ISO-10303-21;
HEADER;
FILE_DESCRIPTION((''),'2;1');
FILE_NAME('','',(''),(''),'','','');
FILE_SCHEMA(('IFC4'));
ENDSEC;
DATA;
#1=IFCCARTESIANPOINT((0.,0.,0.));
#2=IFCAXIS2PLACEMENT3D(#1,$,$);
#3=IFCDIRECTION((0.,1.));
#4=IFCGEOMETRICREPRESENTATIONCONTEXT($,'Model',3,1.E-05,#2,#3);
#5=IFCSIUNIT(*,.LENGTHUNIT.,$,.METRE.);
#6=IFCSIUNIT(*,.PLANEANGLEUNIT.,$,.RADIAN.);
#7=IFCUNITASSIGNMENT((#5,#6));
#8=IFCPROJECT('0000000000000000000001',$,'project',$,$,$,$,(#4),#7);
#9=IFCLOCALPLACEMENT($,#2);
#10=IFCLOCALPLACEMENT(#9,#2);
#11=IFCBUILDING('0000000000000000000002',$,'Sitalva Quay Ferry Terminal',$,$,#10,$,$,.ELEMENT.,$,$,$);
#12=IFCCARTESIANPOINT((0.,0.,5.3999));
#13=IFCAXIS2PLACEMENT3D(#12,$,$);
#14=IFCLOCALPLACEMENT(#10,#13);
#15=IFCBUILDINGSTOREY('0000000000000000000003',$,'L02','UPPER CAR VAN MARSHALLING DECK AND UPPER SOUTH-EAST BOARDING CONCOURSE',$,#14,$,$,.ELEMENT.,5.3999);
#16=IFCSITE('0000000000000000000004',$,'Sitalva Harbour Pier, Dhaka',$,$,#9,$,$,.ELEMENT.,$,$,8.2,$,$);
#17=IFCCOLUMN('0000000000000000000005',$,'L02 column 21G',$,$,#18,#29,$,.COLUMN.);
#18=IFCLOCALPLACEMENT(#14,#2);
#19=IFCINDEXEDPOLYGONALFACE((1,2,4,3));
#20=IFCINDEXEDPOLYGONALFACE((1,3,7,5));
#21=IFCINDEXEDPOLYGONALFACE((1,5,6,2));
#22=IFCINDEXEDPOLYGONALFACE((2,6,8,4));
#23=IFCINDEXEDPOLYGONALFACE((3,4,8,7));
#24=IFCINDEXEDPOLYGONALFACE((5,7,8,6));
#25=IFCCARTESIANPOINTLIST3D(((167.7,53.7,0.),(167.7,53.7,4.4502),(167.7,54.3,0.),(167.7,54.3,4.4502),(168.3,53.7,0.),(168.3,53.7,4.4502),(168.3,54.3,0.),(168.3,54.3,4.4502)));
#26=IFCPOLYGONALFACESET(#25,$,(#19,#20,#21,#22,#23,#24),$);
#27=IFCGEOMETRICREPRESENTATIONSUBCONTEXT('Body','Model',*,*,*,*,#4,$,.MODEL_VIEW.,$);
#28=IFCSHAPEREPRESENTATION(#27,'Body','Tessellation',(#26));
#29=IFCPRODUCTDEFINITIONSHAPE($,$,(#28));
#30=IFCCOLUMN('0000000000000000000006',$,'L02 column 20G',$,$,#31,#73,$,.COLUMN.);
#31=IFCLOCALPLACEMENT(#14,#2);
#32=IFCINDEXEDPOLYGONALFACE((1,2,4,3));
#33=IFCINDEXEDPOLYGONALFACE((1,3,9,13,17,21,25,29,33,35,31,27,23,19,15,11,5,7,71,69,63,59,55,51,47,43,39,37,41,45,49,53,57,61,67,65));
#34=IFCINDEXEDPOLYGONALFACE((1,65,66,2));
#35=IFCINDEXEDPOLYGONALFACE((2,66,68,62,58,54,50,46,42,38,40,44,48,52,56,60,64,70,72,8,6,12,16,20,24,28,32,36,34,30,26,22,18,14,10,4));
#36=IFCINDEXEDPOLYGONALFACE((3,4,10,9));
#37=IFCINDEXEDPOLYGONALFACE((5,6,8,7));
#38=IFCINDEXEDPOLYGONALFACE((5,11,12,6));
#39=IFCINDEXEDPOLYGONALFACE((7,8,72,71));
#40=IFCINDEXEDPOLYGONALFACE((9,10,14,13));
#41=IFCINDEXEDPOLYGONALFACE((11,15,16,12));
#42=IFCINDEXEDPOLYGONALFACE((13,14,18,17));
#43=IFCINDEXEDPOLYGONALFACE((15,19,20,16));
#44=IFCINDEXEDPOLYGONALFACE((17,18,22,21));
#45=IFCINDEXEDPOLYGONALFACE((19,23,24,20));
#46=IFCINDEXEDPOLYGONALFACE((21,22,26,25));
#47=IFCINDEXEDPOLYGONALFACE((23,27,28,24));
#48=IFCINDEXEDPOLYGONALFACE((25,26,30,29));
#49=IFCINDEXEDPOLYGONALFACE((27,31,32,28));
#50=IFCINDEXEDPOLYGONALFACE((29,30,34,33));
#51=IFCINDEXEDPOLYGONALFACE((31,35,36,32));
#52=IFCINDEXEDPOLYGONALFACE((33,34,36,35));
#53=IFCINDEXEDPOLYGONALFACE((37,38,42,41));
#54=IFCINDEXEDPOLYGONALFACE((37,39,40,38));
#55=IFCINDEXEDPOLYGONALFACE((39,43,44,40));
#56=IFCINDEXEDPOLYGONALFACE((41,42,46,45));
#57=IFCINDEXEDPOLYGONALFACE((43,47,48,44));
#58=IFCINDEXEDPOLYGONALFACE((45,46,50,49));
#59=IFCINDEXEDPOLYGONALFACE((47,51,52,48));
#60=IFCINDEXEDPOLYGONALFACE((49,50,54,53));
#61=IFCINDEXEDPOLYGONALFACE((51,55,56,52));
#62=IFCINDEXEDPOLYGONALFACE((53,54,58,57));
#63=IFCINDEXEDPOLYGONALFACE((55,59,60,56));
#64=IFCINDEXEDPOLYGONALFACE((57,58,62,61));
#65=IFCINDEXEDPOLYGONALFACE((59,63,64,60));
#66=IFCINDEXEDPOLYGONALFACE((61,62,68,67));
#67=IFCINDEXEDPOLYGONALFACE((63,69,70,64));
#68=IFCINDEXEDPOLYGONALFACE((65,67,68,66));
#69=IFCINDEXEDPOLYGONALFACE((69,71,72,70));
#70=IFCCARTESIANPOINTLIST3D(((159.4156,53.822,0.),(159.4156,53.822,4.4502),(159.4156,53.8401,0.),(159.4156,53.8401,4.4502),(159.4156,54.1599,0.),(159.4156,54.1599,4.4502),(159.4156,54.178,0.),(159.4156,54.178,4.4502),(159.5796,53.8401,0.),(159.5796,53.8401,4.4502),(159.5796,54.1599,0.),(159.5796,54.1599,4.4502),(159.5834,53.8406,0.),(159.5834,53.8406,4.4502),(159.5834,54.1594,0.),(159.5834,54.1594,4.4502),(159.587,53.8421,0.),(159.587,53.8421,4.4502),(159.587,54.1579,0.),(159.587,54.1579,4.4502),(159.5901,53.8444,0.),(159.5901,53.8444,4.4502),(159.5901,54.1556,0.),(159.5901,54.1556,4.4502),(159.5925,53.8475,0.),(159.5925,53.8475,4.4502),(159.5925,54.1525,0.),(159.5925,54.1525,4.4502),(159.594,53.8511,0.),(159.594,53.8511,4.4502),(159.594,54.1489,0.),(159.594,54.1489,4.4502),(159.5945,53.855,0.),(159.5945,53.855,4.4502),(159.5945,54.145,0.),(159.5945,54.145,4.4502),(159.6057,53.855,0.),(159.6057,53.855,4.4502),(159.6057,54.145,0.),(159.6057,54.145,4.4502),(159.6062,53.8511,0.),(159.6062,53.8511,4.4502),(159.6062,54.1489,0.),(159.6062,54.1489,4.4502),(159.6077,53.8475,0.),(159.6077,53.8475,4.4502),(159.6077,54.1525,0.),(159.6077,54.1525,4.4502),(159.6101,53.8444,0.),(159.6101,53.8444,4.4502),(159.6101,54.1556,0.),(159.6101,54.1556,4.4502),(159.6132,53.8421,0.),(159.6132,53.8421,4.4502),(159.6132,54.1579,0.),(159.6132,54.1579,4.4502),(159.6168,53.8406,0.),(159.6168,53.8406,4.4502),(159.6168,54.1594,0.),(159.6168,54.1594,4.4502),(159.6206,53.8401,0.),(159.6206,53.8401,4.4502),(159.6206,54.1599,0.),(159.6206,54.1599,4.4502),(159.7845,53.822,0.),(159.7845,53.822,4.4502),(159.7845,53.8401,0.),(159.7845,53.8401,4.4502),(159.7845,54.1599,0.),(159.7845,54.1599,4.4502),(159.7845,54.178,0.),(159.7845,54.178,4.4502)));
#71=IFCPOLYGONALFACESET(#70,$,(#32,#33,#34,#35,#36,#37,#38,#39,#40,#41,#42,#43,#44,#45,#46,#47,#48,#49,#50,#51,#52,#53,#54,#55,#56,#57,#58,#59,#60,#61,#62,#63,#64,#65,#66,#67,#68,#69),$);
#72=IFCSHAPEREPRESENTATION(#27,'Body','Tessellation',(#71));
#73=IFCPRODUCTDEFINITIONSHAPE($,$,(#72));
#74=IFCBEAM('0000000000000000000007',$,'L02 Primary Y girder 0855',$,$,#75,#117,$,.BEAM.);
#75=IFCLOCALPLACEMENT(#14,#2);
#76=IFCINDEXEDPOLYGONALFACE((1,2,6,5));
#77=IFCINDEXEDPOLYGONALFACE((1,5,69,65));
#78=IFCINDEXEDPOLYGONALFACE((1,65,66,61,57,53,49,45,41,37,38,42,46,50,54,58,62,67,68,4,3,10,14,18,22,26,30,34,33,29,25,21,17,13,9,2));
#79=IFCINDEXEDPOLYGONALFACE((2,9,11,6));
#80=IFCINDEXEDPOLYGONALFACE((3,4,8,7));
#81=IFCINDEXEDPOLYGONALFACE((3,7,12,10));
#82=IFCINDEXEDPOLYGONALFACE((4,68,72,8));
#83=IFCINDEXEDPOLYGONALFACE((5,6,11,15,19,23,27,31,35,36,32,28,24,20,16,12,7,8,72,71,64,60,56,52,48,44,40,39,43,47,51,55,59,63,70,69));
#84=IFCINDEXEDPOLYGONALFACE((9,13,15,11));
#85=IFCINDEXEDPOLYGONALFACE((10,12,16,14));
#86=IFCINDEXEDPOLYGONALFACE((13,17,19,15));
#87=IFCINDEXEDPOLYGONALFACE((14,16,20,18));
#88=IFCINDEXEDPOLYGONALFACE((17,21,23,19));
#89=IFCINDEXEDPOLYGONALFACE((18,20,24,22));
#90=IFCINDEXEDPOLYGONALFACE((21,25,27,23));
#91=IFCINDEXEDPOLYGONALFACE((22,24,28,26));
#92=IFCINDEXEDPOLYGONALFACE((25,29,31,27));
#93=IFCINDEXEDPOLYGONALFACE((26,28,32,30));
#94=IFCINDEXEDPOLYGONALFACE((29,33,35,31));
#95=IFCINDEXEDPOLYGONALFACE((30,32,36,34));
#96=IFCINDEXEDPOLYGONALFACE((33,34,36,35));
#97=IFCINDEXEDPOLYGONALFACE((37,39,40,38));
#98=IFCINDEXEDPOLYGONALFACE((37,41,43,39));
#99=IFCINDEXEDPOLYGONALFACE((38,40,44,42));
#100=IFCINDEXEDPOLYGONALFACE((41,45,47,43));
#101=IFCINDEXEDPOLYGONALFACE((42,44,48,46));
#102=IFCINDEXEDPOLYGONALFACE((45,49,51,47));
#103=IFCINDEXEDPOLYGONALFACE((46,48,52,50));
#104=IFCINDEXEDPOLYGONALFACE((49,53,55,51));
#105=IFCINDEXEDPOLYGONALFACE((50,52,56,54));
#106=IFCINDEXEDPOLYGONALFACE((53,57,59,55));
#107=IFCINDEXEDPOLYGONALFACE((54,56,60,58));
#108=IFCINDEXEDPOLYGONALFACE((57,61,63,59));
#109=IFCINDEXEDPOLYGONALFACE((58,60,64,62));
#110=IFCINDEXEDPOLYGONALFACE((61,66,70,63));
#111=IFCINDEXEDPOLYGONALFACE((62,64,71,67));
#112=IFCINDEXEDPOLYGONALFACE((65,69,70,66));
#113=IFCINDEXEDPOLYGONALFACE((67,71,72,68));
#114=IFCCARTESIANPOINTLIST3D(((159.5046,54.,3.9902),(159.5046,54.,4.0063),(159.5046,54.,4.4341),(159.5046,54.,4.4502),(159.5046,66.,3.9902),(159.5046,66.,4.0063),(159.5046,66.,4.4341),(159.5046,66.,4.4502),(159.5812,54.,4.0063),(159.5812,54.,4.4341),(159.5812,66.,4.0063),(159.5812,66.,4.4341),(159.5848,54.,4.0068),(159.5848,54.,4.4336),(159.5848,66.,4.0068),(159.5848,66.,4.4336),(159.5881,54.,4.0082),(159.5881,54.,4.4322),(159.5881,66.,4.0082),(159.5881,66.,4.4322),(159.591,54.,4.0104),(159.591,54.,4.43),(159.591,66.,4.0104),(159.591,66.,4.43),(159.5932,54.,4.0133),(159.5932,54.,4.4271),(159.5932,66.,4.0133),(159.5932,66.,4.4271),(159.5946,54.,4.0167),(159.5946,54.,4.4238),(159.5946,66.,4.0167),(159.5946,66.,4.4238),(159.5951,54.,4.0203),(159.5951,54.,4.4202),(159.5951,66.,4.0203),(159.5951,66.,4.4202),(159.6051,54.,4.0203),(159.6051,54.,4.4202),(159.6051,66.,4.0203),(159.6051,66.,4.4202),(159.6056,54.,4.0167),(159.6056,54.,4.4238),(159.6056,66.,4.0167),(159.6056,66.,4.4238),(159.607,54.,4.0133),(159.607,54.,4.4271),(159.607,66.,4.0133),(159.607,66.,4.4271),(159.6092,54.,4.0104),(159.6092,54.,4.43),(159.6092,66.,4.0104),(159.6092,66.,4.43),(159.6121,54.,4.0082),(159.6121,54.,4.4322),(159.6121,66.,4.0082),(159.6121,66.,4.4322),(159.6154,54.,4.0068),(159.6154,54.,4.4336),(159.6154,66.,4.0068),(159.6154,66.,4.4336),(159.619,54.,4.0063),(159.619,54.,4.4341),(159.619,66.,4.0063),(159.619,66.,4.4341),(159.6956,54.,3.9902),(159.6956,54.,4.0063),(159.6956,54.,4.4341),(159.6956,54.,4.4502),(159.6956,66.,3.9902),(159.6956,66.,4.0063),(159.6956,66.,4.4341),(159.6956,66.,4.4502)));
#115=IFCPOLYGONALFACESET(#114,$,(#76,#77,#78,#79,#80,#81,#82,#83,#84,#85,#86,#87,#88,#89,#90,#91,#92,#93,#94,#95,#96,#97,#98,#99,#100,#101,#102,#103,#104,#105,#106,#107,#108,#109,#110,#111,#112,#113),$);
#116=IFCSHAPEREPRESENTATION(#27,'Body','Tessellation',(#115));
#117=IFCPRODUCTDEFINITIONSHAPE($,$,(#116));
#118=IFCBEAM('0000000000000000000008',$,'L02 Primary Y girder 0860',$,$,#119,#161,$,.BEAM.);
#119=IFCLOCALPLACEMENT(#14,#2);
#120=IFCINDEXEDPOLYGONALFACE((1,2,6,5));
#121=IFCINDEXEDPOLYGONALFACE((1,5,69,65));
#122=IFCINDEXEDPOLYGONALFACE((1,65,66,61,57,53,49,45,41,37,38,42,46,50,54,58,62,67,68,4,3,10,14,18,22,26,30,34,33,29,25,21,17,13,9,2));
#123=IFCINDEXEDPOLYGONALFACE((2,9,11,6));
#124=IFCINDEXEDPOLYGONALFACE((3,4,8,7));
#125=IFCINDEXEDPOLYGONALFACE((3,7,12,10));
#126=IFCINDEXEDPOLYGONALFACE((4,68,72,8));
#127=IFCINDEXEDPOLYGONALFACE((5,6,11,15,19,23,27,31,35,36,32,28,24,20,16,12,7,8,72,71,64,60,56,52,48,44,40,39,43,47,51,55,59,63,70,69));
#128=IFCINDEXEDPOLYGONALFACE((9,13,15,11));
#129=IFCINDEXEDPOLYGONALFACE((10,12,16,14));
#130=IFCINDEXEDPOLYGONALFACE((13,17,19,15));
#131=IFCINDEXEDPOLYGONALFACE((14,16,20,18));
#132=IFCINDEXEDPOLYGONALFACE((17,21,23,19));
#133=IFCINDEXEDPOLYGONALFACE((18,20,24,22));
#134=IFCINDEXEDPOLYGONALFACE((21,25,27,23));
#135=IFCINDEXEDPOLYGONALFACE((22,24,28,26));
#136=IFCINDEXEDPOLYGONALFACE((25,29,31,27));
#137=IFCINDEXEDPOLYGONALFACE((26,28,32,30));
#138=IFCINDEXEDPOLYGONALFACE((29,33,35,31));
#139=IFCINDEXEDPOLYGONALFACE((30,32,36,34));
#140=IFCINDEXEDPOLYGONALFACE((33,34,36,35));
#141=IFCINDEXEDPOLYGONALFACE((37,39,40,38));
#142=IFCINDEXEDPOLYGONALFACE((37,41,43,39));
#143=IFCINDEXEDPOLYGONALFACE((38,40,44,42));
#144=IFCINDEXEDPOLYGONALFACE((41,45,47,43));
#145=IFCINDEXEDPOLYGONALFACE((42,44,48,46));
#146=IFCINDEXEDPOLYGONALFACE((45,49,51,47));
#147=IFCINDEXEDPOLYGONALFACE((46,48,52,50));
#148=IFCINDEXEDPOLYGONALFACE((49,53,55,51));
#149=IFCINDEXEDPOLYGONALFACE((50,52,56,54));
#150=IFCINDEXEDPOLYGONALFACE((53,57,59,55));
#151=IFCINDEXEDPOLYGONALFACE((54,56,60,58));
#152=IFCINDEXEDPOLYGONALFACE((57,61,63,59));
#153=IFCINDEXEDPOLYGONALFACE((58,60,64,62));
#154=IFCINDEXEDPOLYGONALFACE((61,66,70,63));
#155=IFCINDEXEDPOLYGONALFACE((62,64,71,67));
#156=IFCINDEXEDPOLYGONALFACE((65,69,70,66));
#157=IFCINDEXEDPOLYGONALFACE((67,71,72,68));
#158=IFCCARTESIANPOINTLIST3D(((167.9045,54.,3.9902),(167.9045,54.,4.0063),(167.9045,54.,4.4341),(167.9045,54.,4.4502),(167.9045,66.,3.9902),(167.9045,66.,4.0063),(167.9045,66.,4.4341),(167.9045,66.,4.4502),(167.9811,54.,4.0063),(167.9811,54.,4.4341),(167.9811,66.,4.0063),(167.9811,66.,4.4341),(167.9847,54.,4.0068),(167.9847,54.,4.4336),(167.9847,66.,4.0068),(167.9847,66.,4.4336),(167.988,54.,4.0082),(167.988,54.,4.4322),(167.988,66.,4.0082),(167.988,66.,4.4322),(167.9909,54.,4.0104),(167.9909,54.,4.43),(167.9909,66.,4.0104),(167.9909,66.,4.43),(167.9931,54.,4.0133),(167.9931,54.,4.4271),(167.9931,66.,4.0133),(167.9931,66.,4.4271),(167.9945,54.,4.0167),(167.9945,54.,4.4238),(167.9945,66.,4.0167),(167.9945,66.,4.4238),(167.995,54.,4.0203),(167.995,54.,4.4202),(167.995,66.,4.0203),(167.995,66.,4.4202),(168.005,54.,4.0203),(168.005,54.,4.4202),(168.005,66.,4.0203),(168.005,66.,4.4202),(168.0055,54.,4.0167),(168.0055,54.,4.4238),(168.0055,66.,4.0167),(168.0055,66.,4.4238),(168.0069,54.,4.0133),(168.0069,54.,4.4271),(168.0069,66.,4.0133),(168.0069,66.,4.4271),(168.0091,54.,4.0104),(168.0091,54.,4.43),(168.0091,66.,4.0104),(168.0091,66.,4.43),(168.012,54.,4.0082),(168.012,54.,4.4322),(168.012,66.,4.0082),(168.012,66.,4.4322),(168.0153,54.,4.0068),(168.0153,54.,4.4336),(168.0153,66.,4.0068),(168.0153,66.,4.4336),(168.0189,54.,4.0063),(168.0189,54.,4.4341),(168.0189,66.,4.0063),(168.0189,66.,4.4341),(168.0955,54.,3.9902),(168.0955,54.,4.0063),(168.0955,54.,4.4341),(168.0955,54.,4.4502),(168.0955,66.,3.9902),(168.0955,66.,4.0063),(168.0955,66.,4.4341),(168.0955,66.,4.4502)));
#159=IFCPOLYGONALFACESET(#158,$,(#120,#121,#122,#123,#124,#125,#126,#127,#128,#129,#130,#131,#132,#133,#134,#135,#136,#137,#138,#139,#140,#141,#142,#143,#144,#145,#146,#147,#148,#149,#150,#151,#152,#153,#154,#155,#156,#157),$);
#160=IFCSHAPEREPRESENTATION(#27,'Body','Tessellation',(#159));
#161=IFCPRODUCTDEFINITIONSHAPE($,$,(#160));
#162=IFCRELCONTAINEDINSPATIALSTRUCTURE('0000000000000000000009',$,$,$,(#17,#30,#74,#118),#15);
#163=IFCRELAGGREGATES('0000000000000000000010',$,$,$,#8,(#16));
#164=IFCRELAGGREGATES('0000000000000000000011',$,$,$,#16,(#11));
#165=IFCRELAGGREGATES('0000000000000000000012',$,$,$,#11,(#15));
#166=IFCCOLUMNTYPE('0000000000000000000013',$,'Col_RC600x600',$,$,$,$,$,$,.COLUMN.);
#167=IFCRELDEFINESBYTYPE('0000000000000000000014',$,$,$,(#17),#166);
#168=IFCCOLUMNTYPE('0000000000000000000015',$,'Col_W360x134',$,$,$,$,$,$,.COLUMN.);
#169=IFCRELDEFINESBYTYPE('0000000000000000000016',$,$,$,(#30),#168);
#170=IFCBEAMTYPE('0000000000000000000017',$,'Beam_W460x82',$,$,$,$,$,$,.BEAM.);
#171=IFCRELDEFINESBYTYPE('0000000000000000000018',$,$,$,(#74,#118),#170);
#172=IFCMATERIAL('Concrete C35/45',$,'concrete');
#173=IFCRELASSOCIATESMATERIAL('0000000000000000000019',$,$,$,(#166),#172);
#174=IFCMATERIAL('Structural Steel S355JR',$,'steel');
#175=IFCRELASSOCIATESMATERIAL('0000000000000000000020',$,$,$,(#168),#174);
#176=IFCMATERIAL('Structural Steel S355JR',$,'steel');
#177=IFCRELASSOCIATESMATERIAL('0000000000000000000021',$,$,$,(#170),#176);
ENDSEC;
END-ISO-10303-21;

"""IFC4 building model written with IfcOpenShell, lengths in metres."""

from ifc_helpers import new_model, si_unit, direction, frame, origin, origin_2d, place, context, subcontext, project, spatial, rectangle, i_section, extrude, material, material_profile, profile_set, type_object, element, save


model = new_model("IFC4")

# Units and contexts
model_context = context("Model", 3, precision=1e-05, world=origin(), true_north=direction((0.0, 1.0)))
body_context = subcontext(model_context, "Body", "Model", "MODEL_VIEW")
ifc_project = project(units=[si_unit("LENGTHUNIT", "METRE"), si_unit("PLANEANGLEUNIT", "RADIAN")], contexts=[model_context])

# Site, building, storey
site_placement = place(None, origin())
site = spatial("IfcSite", under=ifc_project, at=site_placement, Name="Sitalva Harbour Pier, Dhaka", CompositionType="ELEMENT", RefElevation=8.2)
building_placement = place(site_placement, origin())
building = spatial("IfcBuilding", under=site, at=building_placement, Name="Sitalva Quay Ferry Terminal", CompositionType="ELEMENT")
storey_placement = place(building_placement, frame((0.0, 0.0, 5.3999)))
storey = spatial("IfcBuildingStorey", under=building, at=storey_placement, Name="L02", Description="UPPER CAR VAN MARSHALLING DECK AND UPPER SOUTH-EAST BOARDING CONCOURSE", CompositionType="ELEMENT", Elevation=5.3999)

# Columns
ifc_material_1 = material(Name="Concrete C35/45", Category="concrete")
ifc_material_profile_1 = material_profile(ifc_material_1, rectangle(XDim=0.6001, YDim=0.6001, at=origin_2d()), Name="RC600x600")
ifc_profile_set_1 = profile_set([ifc_material_profile_1], Name="Concrete C35/45")
column_type_1 = type_object("IfcColumnType", Name="Col_RC600x600", PredefinedType="COLUMN", material=ifc_profile_set_1)
column_1_placement = place(storey_placement, frame((168.0, 54.0, 0.0), z_axis=(0.0, 0.0, 1.0), x_axis=(1.0, 0.0, 0.0)))
element("IfcColumn", 1, at=column_1_placement, inside=storey, type_object=column_type_1, Name="L02 column 21G", PredefinedType="COLUMN", context=body_context, shape_type="SweptSolid", body=[
    extrude(rectangle(XDim=0.6001, YDim=0.6001, at=origin_2d()), origin(), (0.0, 0.0, 1.0), 4.4502),
])
ifc_material_2 = material(Name="Structural Steel S355JR", Category="steel")
ifc_material_profile_2 = material_profile(ifc_material_2, i_section(OverallWidth=0.3689, OverallDepth=0.356, WebThickness=0.0112, FlangeThickness=0.0181, FilletRadius=0.0149, at=origin_2d()), Name="W360x134")
ifc_profile_set_2 = profile_set([ifc_material_profile_2], Name="Structural Steel S355JR")
column_type_2 = type_object("IfcColumnType", Name="Col_W360x134", PredefinedType="COLUMN", material=ifc_profile_set_2)
column_2_placement = place(storey_placement, frame((159.6001, 54.0, 0.0), z_axis=(0.0, 0.0, 1.0), x_axis=(1.0, 0.0, 0.0)))
element("IfcColumn", 2, at=column_2_placement, inside=storey, type_object=column_type_2, Name="L02 column 20G", PredefinedType="COLUMN", context=body_context, shape_type="SweptSolid", body=[
    extrude(i_section(OverallWidth=0.3689, OverallDepth=0.356, WebThickness=0.0112, FlangeThickness=0.0181, FilletRadius=0.0149, at=origin_2d()), origin(), (0.0, 0.0, 1.0), 4.4502),
])

# Beams
ifc_material_3 = material(Name="Structural Steel S355JR", Category="steel")
ifc_material_profile_3 = material_profile(ifc_material_3, i_section(OverallWidth=0.1909, OverallDepth=0.46, WebThickness=0.01, FlangeThickness=0.0161, FilletRadius=0.0139, at=origin_2d()), Name="W460x82")
ifc_profile_set_3 = profile_set([ifc_material_profile_3], Name="Structural Steel S355JR")
beam_type_1 = type_object("IfcBeamType", Name="Beam_W460x82", PredefinedType="BEAM", material=ifc_profile_set_3)
for number, where, z_axis, x_axis, name in (
    (3, (159.6001, 54.0, 4.2202), (0.0, 1.0, 0.0), (-1.0, 0.0, 0.0), "L02 Primary Y girder 0855"),
    (4, (168.0, 54.0, 4.2202), (0.0, 1.0, 0.0), (-1.0, 0.0, 0.0), "L02 Primary Y girder 0860"),
):
    element("IfcBeam", number, at=place(storey_placement, frame(where, z_axis=z_axis, x_axis=x_axis)), inside=storey, type_object=beam_type_1, Name=name, PredefinedType="BEAM", context=body_context, shape_type="SweptSolid", body=[
        extrude(i_section(OverallWidth=0.1909, OverallDepth=0.46, WebThickness=0.01, FlangeThickness=0.0161, FilletRadius=0.0139, at=origin_2d()), origin(), (0.0, 0.0, 1.0), 12.0),
    ])

save(model, "model.ifc")
